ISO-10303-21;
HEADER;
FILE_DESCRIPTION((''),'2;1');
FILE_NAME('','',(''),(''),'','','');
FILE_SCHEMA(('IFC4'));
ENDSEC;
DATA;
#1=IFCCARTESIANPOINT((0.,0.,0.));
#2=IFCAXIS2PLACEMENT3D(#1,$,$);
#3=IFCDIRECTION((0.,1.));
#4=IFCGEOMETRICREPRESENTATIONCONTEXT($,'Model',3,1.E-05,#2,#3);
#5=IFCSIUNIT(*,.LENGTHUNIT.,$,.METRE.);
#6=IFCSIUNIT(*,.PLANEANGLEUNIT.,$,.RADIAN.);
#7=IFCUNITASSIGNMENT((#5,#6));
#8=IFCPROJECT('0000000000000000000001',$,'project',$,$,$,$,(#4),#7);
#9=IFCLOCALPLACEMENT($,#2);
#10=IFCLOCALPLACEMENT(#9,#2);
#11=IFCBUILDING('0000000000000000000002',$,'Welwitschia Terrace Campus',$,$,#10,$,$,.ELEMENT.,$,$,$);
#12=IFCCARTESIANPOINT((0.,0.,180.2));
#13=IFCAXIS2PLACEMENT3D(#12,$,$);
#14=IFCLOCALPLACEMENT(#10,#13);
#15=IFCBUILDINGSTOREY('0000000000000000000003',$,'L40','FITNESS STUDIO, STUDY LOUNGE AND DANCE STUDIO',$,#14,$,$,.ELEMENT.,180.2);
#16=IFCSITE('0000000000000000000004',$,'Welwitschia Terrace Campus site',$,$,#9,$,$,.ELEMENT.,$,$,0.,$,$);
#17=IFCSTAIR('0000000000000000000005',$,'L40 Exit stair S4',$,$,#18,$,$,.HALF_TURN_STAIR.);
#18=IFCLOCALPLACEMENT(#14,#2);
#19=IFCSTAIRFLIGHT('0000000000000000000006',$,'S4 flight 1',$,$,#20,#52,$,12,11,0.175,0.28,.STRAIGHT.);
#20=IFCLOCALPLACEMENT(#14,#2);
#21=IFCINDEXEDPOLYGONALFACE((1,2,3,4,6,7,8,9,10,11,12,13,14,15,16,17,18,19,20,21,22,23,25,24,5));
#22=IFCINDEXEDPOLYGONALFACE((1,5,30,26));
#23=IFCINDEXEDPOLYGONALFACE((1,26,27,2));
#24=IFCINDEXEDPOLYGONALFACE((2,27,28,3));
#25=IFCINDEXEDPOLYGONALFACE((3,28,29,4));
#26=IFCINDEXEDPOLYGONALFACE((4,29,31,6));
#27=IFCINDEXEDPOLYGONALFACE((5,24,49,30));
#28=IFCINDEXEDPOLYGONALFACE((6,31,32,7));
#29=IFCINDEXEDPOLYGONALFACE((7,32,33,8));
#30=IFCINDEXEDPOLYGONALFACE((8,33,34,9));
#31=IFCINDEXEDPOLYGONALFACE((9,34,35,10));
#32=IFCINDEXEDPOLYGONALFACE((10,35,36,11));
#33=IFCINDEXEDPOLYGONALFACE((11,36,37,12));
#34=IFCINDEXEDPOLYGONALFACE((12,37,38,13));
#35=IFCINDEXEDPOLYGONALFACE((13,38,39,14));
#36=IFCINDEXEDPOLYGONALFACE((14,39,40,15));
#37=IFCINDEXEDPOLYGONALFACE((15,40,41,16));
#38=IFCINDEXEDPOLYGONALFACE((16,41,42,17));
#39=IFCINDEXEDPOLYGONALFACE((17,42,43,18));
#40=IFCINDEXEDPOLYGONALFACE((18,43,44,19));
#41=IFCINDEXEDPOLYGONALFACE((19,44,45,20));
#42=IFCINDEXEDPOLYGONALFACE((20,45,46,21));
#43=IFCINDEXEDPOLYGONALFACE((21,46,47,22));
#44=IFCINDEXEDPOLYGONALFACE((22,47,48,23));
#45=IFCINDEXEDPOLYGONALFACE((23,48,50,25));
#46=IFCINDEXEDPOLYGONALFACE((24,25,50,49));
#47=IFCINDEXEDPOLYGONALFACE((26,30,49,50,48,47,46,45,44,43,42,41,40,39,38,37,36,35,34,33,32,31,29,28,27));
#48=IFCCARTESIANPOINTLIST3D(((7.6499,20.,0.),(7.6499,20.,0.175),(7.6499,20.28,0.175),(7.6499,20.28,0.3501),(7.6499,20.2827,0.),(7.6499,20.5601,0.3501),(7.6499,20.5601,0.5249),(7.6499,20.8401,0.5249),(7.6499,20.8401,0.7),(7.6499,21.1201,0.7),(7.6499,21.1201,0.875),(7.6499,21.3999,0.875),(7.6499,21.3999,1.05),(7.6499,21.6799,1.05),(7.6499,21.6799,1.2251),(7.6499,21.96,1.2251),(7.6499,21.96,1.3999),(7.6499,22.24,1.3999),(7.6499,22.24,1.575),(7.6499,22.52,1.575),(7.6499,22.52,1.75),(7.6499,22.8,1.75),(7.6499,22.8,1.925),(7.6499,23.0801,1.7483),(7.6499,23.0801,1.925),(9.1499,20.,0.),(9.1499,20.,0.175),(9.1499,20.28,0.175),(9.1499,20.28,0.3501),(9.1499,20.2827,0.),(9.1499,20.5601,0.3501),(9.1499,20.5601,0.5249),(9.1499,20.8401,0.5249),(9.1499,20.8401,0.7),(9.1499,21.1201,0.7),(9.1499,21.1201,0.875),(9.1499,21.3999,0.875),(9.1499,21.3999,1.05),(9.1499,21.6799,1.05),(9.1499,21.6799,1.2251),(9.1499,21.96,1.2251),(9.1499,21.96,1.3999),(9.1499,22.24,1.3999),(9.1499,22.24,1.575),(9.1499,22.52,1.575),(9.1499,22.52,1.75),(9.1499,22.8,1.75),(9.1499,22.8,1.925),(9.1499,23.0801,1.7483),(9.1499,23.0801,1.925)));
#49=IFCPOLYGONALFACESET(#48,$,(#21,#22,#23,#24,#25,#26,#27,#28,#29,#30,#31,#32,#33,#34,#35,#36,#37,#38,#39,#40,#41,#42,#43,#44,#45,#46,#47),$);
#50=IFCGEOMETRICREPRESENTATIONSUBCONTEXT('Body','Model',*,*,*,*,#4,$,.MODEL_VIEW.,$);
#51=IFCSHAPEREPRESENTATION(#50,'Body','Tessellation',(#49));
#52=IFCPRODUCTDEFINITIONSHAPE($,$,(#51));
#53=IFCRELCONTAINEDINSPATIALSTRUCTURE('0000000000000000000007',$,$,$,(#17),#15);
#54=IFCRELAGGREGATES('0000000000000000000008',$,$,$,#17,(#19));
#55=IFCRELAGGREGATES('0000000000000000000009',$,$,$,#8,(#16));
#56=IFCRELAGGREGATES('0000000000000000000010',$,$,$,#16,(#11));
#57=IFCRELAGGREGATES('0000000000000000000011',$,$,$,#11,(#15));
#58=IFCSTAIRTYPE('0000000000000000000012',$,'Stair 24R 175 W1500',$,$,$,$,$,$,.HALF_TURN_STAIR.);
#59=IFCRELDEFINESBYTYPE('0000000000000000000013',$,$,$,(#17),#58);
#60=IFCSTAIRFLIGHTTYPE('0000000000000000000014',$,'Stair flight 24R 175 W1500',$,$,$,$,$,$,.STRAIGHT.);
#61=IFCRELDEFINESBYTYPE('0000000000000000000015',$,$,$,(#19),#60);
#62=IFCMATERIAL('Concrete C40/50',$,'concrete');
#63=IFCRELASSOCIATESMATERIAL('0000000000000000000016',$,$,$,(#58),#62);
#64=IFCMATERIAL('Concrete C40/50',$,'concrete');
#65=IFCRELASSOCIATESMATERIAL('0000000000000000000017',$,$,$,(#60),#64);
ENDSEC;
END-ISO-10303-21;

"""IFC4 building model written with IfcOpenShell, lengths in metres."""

from ifc_helpers import new_model, si_unit, direction, frame, origin, place, context, subcontext, project, spatial, polyline, outline, extrude, material, type_object, element, aggregate, save


model = new_model("IFC4")

# Units and contexts
model_context = context("Model", 3, precision=1e-05, world=origin(), true_north=direction((0.0, 1.0)))
body_context = subcontext(model_context, "Body", "Model", "MODEL_VIEW")
ifc_project = project(units=[si_unit("LENGTHUNIT", "METRE"), si_unit("PLANEANGLEUNIT", "RADIAN")], contexts=[model_context])

# Site, building, storey
site_placement = place(None, origin())
site = spatial("IfcSite", under=ifc_project, at=site_placement, Name="Welwitschia Terrace Campus site", CompositionType="ELEMENT", RefElevation=0.0)
building_placement = place(site_placement, origin())
building = spatial("IfcBuilding", under=site, at=building_placement, Name="Welwitschia Terrace Campus", CompositionType="ELEMENT")
storey_placement = place(building_placement, frame((0.0, 0.0, 180.2)))
storey = spatial("IfcBuildingStorey", under=building, at=storey_placement, Name="L40", Description="FITNESS STUDIO, STUDY LOUNGE AND DANCE STUDIO", CompositionType="ELEMENT", Elevation=180.2)

# Stair, stair flight
ifc_material_1 = material(Name="Concrete C40/50", Category="concrete")
stair_type = type_object("IfcStairType", Name="Stair 24R 175 W1500", PredefinedType="HALF_TURN_STAIR", material=ifc_material_1)
ifc_material_2 = material(Name="Concrete C40/50", Category="concrete")
stair_flight_type = type_object("IfcStairFlightType", Name="Stair flight 24R 175 W1500", PredefinedType="STRAIGHT", material=ifc_material_2)
stair_1_placement = place(storey_placement, origin())
stair_1 = element("IfcStair", 1, at=stair_1_placement, inside=storey, type_object=stair_type, Name="L40 Exit stair S4", PredefinedType="HALF_TURN_STAIR")
stair_flight_1_placement = place(storey_placement, frame((8.3999, 20.0, 0.0), z_axis=(0.0, 0.0, 1.0), x_axis=(0.0, 1.0, 0.0)))
stair_flight_1 = element("IfcStairFlight", 2, at=stair_flight_1_placement, type_object=stair_flight_type, Name="S4 flight 1", NumberOfRisers=12, NumberOfTreads=11, PredefinedType="STRAIGHT", RiserHeight=0.175, TreadLength=0.28, context=body_context, shape_type="SweptSolid", body=[
    extrude(outline(polyline([(0.0, 0.0), (0.0, 0.175), (0.28, 0.175), (0.28, 0.3501), (0.5601, 0.3501), (0.5601, 0.5249), (0.8401, 0.5249), (0.8401, 0.7), (1.1201, 0.7), (1.1201, 0.875), (1.3999, 0.875), (1.3999, 1.05), (1.6799, 1.05), (1.6799, 1.2251), (1.96, 1.2251), (1.96, 1.3999), (2.24, 1.3999), (2.24, 1.575), (2.52, 1.575), (2.52, 1.75), (2.8, 1.75), (2.8, 1.925), (3.0801, 1.925), (3.0801, 2.1001), (3.0801, 1.7483), (0.2827, 0.0), (0.0, 0.0)])), frame((0.0, 0.75, 0.0), z_axis=(0.0, -1.0, 0.0), x_axis=(1.0, 0.0, 0.0)), (0.0, 0.0, 1.0), 1.5),
])
aggregate(stair_1, [stair_flight_1])

save(model, "model.ifc")
